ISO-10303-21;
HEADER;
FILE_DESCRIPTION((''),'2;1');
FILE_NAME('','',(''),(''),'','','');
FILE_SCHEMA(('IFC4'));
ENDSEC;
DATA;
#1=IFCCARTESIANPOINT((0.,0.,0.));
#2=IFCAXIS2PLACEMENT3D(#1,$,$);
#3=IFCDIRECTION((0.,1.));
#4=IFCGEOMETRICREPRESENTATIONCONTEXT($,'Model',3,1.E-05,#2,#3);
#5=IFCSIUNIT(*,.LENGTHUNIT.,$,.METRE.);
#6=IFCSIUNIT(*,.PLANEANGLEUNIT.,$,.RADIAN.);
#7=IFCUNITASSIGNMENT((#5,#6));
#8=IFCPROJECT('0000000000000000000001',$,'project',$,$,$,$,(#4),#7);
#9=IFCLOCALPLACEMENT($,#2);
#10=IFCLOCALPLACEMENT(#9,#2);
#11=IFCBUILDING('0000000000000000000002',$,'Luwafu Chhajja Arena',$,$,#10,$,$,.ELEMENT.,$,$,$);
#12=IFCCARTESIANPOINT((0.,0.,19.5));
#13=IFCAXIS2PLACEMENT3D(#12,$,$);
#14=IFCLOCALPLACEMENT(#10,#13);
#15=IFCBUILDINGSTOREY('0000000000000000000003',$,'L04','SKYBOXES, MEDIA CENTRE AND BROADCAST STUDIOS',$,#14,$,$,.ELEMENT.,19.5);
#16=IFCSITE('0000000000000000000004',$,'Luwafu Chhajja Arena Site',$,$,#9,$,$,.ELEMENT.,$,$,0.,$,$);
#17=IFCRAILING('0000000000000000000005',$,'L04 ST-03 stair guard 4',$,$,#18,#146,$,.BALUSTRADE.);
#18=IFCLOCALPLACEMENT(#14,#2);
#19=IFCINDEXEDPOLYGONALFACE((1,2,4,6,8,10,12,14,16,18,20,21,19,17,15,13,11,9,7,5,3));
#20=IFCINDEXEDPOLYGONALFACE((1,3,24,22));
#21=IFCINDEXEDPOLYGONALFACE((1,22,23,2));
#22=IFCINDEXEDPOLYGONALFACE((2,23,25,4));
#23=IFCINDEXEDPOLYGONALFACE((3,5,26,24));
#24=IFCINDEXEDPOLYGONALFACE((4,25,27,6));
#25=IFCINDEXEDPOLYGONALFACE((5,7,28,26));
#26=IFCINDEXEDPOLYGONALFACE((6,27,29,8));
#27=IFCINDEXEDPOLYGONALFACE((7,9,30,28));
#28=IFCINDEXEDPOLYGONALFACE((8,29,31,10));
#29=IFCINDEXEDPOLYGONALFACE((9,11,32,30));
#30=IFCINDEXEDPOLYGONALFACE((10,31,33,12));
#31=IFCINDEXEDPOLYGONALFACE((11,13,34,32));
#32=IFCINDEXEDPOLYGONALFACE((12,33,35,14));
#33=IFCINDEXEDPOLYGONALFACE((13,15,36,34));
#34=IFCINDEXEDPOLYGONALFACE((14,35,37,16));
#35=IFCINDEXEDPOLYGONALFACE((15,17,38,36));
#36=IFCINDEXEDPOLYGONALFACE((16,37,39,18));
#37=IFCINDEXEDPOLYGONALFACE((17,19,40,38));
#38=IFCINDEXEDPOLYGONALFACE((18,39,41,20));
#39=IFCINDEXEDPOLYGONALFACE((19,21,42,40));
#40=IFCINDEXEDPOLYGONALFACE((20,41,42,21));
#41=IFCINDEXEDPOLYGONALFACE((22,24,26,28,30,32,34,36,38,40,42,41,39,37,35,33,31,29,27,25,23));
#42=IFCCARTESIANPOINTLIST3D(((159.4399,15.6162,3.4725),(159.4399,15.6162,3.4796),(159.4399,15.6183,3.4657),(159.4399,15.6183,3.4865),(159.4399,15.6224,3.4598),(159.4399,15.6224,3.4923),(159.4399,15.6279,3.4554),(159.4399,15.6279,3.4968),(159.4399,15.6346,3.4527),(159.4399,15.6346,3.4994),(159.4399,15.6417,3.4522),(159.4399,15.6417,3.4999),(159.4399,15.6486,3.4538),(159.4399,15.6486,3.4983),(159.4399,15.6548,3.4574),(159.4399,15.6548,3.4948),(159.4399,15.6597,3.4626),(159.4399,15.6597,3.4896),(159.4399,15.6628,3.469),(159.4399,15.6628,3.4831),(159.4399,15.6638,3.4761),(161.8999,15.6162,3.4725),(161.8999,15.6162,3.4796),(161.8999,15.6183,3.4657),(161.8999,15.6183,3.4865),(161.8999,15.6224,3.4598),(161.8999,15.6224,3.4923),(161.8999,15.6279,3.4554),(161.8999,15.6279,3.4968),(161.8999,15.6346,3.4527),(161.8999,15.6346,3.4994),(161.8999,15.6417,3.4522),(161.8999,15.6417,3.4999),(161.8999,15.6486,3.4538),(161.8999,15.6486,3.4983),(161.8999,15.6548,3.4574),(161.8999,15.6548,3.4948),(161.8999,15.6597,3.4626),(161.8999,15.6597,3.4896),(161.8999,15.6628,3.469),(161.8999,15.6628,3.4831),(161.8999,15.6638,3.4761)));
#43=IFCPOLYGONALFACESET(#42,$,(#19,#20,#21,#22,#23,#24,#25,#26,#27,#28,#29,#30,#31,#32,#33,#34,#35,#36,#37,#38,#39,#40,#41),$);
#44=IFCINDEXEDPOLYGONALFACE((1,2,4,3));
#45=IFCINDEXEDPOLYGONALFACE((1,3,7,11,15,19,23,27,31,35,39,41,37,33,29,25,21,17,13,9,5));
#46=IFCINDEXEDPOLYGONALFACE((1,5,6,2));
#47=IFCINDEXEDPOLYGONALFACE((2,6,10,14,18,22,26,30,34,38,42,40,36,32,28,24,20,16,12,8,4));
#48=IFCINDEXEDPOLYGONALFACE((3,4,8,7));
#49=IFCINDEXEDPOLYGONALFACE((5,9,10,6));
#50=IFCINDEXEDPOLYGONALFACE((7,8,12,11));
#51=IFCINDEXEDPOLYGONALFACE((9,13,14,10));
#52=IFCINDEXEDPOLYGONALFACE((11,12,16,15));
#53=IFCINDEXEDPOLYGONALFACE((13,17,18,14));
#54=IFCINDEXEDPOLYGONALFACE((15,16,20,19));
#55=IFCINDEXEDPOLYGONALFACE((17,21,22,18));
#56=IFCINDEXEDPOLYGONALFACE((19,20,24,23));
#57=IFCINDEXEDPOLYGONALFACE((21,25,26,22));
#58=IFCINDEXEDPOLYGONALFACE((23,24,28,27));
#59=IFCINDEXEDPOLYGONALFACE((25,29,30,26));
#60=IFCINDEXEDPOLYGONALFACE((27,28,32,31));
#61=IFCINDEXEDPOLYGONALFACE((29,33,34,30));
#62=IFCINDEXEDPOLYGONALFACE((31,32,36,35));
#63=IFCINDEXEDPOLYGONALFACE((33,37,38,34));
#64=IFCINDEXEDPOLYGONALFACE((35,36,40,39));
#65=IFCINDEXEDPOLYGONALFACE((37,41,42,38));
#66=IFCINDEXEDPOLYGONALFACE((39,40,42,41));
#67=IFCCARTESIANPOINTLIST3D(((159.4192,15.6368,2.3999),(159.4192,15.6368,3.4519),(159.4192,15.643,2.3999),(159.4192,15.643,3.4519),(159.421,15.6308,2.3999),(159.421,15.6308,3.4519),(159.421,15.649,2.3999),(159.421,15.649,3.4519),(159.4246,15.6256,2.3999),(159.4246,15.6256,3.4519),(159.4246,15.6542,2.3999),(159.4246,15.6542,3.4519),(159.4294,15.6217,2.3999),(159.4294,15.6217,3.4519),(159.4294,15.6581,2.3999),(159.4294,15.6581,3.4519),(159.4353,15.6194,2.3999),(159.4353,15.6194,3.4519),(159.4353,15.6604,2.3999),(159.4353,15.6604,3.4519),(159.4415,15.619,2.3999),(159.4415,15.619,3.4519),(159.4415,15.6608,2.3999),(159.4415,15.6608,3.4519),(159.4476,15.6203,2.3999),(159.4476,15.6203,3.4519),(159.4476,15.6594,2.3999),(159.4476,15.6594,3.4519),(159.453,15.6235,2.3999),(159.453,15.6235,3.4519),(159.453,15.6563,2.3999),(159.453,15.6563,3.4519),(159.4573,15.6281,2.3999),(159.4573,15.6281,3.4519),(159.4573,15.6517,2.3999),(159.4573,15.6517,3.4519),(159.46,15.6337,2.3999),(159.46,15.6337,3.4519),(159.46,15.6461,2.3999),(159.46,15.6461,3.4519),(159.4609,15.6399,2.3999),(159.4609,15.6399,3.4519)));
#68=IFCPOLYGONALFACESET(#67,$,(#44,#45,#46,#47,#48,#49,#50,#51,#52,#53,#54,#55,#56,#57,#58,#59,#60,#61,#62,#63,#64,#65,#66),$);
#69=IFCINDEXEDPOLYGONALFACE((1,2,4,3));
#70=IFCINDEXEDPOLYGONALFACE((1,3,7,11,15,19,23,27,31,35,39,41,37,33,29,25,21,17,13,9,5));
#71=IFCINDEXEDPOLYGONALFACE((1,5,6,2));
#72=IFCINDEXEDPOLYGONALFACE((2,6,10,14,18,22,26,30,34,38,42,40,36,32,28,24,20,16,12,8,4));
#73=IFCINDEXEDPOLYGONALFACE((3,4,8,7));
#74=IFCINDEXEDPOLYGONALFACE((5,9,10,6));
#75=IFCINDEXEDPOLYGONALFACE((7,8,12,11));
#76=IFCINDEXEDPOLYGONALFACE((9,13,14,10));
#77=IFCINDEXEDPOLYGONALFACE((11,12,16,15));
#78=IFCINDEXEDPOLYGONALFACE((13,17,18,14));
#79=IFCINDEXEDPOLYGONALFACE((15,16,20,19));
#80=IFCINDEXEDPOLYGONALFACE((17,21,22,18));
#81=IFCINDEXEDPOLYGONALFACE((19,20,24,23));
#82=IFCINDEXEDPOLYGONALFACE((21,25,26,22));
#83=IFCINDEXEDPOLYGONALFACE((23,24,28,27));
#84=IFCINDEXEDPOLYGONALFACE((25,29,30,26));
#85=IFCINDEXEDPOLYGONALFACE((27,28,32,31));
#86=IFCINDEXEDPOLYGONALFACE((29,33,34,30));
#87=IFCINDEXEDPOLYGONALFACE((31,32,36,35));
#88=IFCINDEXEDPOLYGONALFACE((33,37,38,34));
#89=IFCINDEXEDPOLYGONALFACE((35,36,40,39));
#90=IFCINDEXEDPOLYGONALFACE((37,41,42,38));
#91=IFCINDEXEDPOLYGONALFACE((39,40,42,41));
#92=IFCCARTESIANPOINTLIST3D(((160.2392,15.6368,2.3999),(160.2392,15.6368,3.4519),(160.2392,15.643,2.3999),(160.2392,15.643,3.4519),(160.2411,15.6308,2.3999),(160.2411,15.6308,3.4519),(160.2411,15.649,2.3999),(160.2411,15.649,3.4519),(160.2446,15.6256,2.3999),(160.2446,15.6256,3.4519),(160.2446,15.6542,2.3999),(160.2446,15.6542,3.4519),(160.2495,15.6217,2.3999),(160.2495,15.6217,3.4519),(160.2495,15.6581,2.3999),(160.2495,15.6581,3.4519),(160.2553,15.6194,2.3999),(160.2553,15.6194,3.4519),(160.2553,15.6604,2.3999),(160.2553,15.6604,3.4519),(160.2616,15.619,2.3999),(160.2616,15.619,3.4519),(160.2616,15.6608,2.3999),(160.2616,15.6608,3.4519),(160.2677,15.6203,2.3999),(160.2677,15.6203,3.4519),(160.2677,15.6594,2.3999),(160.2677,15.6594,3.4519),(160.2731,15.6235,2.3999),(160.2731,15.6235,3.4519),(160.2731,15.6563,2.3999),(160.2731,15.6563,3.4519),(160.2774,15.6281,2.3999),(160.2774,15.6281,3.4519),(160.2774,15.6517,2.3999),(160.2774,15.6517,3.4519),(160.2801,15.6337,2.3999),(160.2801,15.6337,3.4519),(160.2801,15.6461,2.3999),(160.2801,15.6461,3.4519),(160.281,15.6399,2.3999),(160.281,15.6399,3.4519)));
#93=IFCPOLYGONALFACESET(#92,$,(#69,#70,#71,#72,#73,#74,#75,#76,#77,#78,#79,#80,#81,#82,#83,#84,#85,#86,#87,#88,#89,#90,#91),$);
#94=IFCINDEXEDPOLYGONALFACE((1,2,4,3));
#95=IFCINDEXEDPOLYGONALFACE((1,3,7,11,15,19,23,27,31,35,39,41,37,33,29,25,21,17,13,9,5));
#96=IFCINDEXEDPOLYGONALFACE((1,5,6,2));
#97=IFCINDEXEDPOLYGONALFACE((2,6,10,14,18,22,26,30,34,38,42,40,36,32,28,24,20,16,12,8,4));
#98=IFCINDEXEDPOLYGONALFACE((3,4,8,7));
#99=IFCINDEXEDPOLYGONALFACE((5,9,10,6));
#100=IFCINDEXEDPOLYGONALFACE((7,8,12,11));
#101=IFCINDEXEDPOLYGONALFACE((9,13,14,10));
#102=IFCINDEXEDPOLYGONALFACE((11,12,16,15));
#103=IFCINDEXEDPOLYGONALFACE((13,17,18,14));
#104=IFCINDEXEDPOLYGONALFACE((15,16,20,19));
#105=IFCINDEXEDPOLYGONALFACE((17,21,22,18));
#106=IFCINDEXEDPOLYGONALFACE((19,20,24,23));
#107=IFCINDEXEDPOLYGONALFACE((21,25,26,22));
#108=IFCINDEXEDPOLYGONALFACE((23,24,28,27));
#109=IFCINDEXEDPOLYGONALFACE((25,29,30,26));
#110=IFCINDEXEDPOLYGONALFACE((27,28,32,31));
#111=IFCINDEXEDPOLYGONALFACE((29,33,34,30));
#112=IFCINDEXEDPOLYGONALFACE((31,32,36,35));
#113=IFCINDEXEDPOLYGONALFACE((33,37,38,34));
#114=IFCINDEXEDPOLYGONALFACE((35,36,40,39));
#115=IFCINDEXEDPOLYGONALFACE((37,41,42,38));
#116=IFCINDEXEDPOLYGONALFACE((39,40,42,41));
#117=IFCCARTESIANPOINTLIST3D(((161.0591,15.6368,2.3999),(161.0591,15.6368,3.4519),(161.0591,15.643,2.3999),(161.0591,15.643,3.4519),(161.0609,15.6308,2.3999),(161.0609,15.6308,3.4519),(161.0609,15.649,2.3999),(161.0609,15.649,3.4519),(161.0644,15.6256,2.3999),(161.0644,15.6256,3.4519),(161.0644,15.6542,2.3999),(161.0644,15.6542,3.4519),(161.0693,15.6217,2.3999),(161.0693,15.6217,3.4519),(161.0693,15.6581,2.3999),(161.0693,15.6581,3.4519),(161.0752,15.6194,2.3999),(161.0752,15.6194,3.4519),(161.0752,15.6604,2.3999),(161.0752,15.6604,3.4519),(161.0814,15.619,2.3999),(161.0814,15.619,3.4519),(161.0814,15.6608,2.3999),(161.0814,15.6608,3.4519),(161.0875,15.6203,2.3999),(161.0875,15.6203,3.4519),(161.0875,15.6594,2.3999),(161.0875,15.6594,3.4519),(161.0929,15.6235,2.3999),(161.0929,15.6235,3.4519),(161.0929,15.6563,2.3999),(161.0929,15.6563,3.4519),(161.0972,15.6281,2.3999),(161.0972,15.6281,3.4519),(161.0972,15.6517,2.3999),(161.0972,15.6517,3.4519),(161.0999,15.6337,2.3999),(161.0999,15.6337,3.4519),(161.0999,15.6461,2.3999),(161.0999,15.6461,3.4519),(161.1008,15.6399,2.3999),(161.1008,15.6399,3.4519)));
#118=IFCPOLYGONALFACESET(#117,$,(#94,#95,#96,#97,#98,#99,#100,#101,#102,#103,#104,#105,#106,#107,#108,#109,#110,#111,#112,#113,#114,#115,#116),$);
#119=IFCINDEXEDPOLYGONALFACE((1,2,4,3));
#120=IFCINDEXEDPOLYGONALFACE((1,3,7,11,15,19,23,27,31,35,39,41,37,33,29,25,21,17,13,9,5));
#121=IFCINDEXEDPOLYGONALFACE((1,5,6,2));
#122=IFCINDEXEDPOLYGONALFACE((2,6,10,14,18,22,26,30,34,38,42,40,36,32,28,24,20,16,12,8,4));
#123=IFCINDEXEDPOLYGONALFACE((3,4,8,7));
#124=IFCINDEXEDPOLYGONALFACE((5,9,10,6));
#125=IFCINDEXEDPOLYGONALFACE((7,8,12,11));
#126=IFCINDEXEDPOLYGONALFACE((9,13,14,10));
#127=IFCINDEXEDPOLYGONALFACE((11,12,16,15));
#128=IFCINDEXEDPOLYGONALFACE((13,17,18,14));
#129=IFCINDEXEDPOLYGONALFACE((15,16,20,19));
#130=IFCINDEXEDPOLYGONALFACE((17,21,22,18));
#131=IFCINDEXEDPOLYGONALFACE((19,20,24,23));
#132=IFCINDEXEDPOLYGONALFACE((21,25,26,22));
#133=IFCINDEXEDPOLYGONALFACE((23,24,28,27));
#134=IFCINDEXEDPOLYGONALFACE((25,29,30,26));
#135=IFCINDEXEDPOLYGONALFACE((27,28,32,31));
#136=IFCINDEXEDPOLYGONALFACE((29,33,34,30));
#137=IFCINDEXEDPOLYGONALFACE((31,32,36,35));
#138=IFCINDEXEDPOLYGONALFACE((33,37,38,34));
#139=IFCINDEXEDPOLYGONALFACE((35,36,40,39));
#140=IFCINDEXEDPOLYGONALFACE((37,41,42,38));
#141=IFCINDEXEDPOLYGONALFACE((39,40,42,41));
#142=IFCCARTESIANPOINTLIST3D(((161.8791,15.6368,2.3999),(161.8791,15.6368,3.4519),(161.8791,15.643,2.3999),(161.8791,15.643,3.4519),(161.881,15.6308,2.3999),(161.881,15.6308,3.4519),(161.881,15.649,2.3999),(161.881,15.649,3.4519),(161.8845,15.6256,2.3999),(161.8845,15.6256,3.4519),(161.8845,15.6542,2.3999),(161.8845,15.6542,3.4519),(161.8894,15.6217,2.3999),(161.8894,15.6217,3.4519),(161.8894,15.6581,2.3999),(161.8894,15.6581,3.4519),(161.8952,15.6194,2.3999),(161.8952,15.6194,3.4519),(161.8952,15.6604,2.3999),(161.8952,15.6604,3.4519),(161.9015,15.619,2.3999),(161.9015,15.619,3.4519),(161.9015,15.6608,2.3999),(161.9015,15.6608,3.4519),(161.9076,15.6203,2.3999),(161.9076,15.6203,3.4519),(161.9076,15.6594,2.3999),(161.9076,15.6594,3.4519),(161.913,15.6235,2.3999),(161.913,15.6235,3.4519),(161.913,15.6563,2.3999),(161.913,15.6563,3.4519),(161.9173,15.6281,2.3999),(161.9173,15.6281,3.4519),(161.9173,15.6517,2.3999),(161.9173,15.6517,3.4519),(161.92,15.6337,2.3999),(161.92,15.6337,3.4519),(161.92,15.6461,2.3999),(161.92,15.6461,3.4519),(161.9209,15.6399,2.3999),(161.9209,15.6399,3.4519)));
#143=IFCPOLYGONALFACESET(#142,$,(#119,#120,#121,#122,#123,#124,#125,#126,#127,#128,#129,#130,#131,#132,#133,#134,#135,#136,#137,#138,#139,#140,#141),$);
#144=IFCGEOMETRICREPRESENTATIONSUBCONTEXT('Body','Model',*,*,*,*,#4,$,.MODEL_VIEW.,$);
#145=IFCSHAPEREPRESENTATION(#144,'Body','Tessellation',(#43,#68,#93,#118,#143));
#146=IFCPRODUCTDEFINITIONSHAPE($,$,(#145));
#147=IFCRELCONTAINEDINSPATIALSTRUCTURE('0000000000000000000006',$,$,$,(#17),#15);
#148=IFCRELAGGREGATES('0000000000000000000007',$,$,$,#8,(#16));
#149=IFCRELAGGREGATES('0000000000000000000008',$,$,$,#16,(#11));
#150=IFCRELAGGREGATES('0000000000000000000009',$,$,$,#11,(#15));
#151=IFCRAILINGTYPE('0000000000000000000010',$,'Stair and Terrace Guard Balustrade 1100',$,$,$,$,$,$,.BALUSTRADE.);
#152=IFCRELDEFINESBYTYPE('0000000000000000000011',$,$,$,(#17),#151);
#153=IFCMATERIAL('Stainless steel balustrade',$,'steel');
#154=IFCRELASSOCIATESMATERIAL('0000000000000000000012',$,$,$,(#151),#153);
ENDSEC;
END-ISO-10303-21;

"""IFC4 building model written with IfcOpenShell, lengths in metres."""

from ifc_helpers import new_model, si_unit, direction, frame, origin, origin_2d, place, context, subcontext, project, spatial, circle, extrude, material, type_object, element, save


model = new_model("IFC4")

# Units and contexts
model_context = context("Model", 3, precision=1e-05, world=origin(), true_north=direction((0.0, 1.0)))
body_context = subcontext(model_context, "Body", "Model", "MODEL_VIEW")
ifc_project = project(units=[si_unit("LENGTHUNIT", "METRE"), si_unit("PLANEANGLEUNIT", "RADIAN")], contexts=[model_context])

# Site, building, storey
site_placement = place(None, origin())
site = spatial("IfcSite", under=ifc_project, at=site_placement, Name="Luwafu Chhajja Arena Site", CompositionType="ELEMENT", RefElevation=0.0)
building_placement = place(site_placement, origin())
building = spatial("IfcBuilding", under=site, at=building_placement, Name="Luwafu Chhajja Arena", CompositionType="ELEMENT")
storey_placement = place(building_placement, frame((0.0, 0.0, 19.5)))
storey = spatial("IfcBuildingStorey", under=building, at=storey_placement, Name="L04", Description="SKYBOXES, MEDIA CENTRE AND BROADCAST STUDIOS", CompositionType="ELEMENT", Elevation=19.5)

# Railing
ifc_material_1 = material(Name="Stainless steel balustrade", Category="steel")
railing_type_1 = type_object("IfcRailingType", Name="Stair and Terrace Guard Balustrade 1100", PredefinedType="BALUSTRADE", material=ifc_material_1)
for number, where, name in (
    (1, (159.4399, 15.6399, 2.3999), "L04 ST-03 stair guard 4"),
):
    element("IfcRailing", number, at=place(storey_placement, frame(where)), inside=storey, type_object=railing_type_1, Name=name, PredefinedType="BALUSTRADE", context=body_context, shape_type="SweptSolid", body=[
        extrude(circle(Radius=0.0239, at=origin_2d()), frame((0.0, 0.0, 1.0762), z_axis=(1.0, 0.0, 0.0), x_axis=(0.0, 1.0, 0.0)), (0.0, 0.0, 1.0), 2.46),
        extrude(circle(Radius=0.021, at=origin_2d()), origin(), (0.0, 0.0, 1.0), 1.052),
        extrude(circle(Radius=0.021, at=origin_2d()), frame((0.8201, 0.0, 0.0)), (0.0, 0.0, 1.0), 1.052),
        extrude(circle(Radius=0.021, at=origin_2d()), frame((1.6399, 0.0, 0.0)), (0.0, 0.0, 1.0), 1.052),
        extrude(circle(Radius=0.021, at=origin_2d()), frame((2.46, 0.0, 0.0)), (0.0, 0.0, 1.0), 1.052),
    ])

save(model, "model.ifc")
